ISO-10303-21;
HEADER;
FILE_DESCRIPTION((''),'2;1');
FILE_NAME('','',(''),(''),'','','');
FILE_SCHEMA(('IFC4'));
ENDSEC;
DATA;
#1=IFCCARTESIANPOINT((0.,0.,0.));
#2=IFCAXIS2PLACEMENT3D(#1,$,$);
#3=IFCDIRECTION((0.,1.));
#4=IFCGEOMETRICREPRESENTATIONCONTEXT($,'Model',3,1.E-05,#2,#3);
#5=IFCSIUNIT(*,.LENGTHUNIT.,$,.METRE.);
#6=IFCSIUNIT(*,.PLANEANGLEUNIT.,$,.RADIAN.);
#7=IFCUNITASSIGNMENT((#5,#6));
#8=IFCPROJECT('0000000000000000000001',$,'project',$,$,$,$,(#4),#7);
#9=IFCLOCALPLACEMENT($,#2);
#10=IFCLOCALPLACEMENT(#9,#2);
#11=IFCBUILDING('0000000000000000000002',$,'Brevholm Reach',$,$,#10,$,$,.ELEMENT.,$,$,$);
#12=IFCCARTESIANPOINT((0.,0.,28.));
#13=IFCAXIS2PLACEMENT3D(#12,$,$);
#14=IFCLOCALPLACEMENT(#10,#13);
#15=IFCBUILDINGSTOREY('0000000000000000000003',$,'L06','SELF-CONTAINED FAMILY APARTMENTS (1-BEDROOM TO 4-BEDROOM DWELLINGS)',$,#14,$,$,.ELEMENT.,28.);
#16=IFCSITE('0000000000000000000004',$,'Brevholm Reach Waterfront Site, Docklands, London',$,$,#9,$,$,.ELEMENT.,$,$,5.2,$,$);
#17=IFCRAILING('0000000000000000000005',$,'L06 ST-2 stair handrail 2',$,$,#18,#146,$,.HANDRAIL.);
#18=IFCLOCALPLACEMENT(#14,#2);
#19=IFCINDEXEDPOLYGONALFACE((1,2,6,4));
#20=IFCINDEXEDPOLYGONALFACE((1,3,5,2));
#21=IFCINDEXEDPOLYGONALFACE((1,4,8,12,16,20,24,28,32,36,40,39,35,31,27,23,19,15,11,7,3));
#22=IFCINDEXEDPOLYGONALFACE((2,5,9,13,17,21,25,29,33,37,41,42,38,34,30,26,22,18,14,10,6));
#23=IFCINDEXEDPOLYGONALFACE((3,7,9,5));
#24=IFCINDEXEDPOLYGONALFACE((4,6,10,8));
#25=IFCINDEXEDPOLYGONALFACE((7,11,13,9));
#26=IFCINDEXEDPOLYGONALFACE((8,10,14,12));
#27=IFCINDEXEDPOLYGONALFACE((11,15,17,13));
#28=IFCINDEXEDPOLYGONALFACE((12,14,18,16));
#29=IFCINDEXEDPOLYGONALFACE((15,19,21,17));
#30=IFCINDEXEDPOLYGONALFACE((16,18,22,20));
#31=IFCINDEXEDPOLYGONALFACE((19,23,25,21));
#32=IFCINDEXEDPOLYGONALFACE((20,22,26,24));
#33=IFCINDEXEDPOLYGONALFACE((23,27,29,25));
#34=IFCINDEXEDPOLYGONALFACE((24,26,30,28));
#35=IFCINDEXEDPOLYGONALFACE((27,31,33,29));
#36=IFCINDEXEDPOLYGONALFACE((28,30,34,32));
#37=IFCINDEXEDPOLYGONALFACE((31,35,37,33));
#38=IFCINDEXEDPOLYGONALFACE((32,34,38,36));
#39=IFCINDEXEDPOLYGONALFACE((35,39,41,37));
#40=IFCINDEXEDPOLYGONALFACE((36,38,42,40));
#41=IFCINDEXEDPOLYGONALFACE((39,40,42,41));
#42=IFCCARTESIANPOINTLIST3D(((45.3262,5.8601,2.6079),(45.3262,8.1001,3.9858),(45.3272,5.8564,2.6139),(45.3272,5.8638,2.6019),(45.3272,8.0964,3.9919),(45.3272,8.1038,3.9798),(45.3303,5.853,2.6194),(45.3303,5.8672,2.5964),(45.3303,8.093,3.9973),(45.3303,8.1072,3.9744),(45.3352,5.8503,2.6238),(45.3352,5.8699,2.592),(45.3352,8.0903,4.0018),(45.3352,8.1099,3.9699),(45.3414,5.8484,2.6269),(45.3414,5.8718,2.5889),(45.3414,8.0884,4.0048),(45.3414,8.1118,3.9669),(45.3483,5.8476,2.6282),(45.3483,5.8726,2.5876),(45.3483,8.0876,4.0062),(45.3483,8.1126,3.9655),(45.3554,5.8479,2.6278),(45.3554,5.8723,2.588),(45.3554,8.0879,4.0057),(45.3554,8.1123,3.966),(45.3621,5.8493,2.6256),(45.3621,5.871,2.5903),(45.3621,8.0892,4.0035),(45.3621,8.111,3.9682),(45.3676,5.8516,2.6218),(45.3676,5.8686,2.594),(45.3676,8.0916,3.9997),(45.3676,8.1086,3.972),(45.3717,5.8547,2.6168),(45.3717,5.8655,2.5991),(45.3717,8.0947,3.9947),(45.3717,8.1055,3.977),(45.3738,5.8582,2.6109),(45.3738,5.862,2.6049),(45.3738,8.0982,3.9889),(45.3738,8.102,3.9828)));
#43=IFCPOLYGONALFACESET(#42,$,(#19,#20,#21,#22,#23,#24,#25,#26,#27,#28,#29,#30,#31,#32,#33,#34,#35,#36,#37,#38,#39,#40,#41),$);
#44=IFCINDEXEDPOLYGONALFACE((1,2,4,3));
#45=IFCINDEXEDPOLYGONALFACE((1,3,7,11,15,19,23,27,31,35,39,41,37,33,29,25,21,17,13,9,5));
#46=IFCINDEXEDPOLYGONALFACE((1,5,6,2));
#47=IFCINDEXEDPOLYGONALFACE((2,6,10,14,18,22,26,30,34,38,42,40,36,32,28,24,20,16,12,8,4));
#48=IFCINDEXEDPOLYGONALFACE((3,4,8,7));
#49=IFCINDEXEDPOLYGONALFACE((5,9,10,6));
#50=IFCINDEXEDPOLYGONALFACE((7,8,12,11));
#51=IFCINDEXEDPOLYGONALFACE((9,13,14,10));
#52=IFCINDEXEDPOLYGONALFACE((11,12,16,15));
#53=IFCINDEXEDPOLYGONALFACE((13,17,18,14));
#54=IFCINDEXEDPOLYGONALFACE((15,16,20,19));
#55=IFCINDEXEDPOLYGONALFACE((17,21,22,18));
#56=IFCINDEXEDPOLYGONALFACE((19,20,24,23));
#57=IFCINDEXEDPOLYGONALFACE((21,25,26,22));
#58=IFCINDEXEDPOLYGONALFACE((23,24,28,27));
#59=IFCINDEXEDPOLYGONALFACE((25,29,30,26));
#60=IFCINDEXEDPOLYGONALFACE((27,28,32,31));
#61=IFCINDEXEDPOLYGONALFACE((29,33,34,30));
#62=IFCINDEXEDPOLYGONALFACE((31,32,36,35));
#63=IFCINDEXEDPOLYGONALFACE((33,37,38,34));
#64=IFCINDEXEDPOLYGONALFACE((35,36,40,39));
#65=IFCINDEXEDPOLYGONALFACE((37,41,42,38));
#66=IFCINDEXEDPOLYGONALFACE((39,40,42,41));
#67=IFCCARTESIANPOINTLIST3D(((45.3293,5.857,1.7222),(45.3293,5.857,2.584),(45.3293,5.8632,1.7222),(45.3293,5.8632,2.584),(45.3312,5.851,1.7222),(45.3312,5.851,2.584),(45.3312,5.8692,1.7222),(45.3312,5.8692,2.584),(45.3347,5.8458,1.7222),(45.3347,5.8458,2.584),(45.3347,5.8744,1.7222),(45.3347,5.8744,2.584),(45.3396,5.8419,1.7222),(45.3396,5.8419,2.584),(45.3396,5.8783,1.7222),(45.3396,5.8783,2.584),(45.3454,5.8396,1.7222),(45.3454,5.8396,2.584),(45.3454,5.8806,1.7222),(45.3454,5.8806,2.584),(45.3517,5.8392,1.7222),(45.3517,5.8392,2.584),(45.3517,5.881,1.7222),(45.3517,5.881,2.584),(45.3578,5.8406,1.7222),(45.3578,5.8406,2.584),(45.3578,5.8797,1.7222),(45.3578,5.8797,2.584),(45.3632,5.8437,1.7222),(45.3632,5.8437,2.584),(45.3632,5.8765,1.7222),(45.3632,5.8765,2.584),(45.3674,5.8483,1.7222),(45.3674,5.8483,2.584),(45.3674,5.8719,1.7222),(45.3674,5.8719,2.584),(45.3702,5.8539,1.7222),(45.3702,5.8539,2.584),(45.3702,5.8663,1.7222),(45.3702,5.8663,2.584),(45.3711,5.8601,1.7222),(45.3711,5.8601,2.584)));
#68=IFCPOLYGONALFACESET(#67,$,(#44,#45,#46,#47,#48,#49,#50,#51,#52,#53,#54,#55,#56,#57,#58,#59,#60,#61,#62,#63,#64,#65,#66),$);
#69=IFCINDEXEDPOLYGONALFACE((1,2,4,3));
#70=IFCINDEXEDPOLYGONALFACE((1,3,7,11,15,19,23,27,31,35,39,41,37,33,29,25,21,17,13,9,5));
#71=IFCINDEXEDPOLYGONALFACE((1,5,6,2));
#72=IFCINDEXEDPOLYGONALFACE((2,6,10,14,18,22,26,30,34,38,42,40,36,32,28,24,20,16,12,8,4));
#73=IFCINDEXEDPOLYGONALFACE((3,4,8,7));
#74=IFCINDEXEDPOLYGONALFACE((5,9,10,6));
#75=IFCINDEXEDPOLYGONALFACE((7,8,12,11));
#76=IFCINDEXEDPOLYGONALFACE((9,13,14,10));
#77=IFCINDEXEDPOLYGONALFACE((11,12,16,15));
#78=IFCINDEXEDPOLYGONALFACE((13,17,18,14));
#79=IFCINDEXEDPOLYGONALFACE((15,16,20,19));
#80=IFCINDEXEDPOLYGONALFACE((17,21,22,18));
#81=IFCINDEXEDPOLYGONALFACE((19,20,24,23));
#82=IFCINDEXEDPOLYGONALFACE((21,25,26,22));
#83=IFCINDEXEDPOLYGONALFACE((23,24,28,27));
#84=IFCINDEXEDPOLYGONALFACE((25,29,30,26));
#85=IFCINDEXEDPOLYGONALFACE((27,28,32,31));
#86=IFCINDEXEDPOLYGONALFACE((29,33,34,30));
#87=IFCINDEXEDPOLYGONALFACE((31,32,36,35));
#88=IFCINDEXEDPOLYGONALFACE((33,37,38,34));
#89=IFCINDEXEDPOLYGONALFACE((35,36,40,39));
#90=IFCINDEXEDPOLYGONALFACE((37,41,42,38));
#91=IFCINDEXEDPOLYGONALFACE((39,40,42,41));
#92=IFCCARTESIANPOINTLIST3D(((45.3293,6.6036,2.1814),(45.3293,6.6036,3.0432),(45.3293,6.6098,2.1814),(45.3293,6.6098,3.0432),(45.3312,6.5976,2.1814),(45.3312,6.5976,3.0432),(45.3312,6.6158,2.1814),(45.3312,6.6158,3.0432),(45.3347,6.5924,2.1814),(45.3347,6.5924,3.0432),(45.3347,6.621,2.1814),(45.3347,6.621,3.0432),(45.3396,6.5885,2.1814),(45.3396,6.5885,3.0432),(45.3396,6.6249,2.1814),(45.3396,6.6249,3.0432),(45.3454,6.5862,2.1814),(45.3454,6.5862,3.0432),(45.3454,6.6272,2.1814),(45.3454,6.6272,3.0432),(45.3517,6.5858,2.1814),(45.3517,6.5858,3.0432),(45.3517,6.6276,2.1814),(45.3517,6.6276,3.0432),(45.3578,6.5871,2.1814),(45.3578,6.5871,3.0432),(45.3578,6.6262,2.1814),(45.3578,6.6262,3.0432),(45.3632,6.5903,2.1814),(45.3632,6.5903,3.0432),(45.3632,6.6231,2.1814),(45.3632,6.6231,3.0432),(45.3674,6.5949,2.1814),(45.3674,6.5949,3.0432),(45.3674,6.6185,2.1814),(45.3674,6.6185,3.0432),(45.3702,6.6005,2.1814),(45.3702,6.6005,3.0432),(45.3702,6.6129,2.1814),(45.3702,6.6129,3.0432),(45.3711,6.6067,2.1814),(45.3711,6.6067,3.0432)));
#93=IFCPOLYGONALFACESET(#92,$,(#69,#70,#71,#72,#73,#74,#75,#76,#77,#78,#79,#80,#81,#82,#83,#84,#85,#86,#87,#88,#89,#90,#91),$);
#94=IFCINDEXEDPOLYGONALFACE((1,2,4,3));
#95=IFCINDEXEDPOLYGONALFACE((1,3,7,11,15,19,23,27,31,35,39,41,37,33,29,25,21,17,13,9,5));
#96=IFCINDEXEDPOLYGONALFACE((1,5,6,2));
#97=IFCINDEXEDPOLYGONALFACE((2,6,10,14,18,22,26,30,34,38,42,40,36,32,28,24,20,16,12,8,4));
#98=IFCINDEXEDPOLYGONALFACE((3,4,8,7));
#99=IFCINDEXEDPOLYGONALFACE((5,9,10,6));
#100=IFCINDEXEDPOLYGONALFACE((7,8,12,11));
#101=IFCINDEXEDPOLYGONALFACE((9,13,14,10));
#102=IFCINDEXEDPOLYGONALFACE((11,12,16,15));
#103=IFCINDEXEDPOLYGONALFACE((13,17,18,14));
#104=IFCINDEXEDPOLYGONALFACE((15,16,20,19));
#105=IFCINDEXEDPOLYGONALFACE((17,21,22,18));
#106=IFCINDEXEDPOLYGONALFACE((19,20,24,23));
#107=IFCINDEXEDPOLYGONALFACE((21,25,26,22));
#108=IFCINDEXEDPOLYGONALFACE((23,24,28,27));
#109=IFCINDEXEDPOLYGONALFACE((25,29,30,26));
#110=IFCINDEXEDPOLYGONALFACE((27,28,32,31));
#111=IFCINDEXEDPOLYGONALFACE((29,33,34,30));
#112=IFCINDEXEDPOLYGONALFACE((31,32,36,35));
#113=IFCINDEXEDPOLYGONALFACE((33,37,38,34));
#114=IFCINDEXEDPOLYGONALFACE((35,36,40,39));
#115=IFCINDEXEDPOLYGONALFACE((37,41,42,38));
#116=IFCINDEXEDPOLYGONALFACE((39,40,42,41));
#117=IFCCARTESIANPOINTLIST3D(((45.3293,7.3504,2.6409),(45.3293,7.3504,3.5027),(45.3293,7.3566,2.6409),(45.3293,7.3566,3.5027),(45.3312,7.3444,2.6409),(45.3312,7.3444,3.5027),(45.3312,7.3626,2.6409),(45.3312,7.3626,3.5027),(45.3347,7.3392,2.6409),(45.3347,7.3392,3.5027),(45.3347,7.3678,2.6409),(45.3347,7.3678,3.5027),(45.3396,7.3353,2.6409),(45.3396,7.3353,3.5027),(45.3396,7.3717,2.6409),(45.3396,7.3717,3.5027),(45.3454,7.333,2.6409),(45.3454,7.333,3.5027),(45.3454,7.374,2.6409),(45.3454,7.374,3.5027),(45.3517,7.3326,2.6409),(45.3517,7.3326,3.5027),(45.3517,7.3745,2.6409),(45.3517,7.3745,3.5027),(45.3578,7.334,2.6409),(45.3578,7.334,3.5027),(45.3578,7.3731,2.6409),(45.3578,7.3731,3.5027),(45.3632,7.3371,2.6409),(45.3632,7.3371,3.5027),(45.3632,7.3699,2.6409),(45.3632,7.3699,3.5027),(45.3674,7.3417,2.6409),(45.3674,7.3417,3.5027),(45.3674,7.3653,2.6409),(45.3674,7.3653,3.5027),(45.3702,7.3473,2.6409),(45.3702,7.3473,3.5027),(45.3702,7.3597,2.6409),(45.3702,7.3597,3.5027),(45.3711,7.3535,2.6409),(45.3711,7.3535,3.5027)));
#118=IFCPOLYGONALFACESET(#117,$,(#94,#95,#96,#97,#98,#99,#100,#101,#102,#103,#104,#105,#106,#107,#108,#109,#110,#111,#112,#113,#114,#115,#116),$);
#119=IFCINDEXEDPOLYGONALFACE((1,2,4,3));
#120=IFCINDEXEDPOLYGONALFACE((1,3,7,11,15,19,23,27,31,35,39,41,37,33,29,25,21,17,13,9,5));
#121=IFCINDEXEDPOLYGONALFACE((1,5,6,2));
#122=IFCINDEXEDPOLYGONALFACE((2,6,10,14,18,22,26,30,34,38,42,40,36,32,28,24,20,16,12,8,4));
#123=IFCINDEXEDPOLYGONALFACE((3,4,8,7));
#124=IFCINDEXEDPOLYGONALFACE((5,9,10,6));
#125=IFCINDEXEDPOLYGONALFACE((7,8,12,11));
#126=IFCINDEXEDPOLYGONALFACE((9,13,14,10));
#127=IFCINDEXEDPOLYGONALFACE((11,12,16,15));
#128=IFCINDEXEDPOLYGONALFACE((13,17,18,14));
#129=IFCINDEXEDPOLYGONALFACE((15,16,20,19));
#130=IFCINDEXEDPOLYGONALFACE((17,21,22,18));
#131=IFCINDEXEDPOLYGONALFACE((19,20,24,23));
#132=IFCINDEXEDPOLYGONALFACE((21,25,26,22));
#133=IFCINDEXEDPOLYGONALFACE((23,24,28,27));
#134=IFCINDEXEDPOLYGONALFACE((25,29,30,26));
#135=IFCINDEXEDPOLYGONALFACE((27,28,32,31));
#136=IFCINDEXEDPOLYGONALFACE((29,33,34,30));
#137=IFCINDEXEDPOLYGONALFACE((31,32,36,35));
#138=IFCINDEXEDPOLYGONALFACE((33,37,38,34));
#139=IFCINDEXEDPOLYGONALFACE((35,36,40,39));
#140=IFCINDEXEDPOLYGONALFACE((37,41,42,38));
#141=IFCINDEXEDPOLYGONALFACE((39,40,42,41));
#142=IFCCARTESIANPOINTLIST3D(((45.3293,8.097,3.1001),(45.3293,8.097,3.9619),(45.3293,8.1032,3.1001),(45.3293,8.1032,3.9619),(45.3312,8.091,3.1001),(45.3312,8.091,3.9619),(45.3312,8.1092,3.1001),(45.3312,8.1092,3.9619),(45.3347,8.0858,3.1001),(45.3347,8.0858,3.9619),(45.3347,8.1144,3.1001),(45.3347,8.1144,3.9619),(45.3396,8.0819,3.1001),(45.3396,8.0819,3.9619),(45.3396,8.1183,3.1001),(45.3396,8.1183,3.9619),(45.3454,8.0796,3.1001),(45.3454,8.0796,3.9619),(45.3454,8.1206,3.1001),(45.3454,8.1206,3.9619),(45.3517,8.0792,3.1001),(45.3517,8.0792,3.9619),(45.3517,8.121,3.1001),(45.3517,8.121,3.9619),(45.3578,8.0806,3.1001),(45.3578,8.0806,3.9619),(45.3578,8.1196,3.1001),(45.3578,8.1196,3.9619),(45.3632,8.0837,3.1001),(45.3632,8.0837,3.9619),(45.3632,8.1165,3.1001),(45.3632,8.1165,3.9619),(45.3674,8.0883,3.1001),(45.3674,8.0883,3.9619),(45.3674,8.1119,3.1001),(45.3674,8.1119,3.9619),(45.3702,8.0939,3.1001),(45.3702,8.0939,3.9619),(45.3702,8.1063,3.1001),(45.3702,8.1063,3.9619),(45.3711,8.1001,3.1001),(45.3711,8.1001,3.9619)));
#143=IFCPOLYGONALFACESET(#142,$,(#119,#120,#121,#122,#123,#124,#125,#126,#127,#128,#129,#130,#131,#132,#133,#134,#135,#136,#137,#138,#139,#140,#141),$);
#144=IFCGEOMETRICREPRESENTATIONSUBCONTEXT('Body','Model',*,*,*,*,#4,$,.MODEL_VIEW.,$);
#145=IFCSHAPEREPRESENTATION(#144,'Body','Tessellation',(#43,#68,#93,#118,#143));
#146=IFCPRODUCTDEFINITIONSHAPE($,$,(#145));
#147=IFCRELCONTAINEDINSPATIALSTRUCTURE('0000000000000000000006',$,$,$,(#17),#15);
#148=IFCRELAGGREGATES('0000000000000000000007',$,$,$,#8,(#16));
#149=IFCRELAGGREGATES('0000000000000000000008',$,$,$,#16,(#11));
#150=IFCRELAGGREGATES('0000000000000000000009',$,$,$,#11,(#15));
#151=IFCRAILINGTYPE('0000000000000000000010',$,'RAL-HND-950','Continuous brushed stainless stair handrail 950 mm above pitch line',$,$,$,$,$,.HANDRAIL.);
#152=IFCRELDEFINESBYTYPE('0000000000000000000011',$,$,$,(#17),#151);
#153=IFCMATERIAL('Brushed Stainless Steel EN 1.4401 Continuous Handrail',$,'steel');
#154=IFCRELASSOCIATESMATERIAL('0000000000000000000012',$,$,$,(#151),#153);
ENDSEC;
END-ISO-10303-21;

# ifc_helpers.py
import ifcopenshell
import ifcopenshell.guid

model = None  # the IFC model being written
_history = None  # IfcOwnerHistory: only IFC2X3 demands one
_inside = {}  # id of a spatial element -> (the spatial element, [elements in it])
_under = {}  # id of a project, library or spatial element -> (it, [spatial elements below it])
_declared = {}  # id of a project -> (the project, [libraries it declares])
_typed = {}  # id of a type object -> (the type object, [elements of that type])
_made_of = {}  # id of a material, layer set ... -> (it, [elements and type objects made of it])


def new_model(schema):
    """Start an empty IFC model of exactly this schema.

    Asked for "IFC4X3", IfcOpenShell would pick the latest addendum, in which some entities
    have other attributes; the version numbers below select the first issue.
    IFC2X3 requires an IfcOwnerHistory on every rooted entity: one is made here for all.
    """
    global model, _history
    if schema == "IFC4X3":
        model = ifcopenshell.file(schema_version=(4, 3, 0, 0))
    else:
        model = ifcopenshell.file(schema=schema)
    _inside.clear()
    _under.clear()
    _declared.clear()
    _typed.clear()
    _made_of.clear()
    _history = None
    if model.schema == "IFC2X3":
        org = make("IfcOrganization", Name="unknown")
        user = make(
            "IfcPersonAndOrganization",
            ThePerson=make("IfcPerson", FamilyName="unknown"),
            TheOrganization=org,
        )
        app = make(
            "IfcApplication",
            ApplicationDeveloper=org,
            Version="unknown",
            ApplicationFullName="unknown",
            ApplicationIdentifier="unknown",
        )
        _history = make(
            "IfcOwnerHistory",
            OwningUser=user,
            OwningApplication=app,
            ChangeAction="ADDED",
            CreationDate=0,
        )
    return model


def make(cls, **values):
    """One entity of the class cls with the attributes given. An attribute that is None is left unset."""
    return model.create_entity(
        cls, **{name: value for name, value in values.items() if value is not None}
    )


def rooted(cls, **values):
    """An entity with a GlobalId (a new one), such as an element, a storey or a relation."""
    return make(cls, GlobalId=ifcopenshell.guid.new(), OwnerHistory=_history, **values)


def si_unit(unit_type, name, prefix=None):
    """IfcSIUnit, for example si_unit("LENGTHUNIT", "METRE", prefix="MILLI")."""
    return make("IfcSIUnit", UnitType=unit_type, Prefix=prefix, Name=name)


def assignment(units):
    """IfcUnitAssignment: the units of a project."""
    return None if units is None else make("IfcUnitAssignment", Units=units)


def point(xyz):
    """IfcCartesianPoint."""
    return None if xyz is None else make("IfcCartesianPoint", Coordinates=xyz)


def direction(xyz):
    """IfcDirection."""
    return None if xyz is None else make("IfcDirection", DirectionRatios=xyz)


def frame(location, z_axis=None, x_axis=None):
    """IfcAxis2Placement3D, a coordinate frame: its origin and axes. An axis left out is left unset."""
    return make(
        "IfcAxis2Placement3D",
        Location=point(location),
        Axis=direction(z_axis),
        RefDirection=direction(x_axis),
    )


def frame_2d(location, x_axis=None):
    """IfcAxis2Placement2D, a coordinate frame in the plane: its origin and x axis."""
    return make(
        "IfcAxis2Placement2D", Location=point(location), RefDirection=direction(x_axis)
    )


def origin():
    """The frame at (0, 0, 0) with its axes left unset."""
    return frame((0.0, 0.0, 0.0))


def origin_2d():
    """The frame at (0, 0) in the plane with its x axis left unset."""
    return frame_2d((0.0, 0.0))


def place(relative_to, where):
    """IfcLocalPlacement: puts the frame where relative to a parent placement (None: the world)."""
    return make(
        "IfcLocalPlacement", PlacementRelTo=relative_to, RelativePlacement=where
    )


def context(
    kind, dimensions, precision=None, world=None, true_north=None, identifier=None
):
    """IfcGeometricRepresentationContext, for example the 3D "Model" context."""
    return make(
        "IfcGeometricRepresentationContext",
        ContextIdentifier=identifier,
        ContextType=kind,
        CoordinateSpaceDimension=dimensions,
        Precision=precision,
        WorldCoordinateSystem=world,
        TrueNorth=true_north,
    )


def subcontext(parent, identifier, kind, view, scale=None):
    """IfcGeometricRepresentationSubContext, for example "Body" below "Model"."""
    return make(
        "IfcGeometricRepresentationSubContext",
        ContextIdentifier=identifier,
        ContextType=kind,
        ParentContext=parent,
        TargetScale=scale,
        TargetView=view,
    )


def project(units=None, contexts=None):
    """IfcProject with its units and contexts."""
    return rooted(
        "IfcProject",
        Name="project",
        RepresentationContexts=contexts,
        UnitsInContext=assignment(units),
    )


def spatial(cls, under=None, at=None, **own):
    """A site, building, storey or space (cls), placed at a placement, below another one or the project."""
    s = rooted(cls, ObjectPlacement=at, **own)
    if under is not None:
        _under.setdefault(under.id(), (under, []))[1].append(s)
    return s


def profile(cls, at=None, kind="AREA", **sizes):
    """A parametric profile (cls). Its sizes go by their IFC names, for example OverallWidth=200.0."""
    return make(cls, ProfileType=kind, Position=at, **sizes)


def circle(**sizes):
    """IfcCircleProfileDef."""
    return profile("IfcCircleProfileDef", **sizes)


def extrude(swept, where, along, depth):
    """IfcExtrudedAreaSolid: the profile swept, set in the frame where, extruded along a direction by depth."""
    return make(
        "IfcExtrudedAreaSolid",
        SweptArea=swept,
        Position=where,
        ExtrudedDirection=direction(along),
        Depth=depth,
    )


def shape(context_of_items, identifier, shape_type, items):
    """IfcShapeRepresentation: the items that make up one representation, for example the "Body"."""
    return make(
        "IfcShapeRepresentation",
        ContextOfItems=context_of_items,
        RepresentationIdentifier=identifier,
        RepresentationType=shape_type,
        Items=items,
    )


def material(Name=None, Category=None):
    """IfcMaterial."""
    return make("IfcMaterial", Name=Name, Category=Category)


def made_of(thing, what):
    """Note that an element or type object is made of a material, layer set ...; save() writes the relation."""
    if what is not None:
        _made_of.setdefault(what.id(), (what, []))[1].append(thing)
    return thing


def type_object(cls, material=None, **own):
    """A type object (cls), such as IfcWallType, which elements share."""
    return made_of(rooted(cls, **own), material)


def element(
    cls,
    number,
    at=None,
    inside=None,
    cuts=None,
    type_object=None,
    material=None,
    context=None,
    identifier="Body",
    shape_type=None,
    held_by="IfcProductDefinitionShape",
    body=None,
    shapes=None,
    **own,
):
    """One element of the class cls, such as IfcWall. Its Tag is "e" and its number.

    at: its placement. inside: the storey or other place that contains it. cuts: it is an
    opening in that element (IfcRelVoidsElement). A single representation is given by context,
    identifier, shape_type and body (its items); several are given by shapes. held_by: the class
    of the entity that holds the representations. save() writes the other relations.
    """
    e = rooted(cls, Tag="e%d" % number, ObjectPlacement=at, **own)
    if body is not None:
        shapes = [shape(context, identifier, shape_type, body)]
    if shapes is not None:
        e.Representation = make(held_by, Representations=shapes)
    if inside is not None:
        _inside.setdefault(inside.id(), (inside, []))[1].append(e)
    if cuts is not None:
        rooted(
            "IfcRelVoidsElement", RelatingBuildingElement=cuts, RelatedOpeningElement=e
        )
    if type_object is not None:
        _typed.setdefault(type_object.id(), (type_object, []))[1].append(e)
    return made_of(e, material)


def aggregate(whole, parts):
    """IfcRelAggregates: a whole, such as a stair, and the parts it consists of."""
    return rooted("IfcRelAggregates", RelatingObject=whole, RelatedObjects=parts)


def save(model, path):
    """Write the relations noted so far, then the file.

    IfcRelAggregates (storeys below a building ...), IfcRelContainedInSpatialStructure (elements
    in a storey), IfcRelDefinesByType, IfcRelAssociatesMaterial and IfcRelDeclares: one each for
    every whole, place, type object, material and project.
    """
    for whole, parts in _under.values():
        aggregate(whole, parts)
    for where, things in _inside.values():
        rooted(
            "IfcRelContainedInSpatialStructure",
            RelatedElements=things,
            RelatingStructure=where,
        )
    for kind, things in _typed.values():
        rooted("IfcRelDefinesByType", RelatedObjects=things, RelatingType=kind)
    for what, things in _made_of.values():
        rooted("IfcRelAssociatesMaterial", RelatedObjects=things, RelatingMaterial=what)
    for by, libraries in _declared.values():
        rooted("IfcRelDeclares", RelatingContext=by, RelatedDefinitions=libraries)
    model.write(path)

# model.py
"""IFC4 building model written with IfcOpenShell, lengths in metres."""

from ifc_helpers import new_model, si_unit, direction, frame, origin, origin_2d, place, context, subcontext, project, spatial, circle, extrude, material, type_object, element, save


model = new_model("IFC4")

# Units and contexts
model_context = context("Model", 3, precision=1e-05, world=origin(), true_north=direction((0.0, 1.0)))
body_context = subcontext(model_context, "Body", "Model", "MODEL_VIEW")
ifc_project = project(units=[si_unit("LENGTHUNIT", "METRE"), si_unit("PLANEANGLEUNIT", "RADIAN")], contexts=[model_context])

# Site, building, storey
site_placement = place(None, origin())
site = spatial("IfcSite", under=ifc_project, at=site_placement, Name="Brevholm Reach Waterfront Site, Docklands, London", CompositionType="ELEMENT", RefElevation=5.2)
building_placement = place(site_placement, origin())
building = spatial("IfcBuilding", under=site, at=building_placement, Name="Brevholm Reach", CompositionType="ELEMENT")
storey_placement = place(building_placement, frame((0.0, 0.0, 28.0)))
storey = spatial("IfcBuildingStorey", under=building, at=storey_placement, Name="L06", Description="SELF-CONTAINED FAMILY APARTMENTS (1-BEDROOM TO 4-BEDROOM DWELLINGS)", CompositionType="ELEMENT", Elevation=28.0)

# Railing
ifc_material_1 = material(Name="Brushed Stainless Steel EN 1.4401 Continuous Handrail", Category="steel")
railing_type_1 = type_object("IfcRailingType", Name="RAL-HND-950", Description="Continuous brushed stainless stair handrail 950 mm above pitch line", PredefinedType="HANDRAIL", material=ifc_material_1)
railing_1_placement = place(storey_placement, frame((45.3501, 5.8601, 1.7222)))
element("IfcRailing", 1, at=railing_1_placement, inside=storey, type_object=railing_type_1, Name="L06 ST-2 stair handrail 2", PredefinedType="HANDRAIL", context=body_context, shape_type="SweptSolid", body=[
    extrude(circle(Radius=0.0239, at=origin_2d()), frame((0.0, 0.0, 0.8857), z_axis=(0.0, 0.851748, 0.523952), x_axis=(-1.0, 0.0, 0.0)), (0.0, 0.0, 1.0), 2.6299),
    extrude(circle(Radius=0.021, at=origin_2d()), origin(), (0.0, 0.0, 1.0), 0.8618),
    extrude(circle(Radius=0.021, at=origin_2d()), frame((0.0, 0.7466, 0.4592)), (0.0, 0.0, 1.0), 0.8618),
    extrude(circle(Radius=0.021, at=origin_2d()), frame((0.0, 1.4934, 0.9187)), (0.0, 0.0, 1.0), 0.8618),
    extrude(circle(Radius=0.021, at=origin_2d()), frame((0.0, 2.24, 1.3779)), (0.0, 0.0, 1.0), 0.8618),
])

save(model, "model.ifc")
